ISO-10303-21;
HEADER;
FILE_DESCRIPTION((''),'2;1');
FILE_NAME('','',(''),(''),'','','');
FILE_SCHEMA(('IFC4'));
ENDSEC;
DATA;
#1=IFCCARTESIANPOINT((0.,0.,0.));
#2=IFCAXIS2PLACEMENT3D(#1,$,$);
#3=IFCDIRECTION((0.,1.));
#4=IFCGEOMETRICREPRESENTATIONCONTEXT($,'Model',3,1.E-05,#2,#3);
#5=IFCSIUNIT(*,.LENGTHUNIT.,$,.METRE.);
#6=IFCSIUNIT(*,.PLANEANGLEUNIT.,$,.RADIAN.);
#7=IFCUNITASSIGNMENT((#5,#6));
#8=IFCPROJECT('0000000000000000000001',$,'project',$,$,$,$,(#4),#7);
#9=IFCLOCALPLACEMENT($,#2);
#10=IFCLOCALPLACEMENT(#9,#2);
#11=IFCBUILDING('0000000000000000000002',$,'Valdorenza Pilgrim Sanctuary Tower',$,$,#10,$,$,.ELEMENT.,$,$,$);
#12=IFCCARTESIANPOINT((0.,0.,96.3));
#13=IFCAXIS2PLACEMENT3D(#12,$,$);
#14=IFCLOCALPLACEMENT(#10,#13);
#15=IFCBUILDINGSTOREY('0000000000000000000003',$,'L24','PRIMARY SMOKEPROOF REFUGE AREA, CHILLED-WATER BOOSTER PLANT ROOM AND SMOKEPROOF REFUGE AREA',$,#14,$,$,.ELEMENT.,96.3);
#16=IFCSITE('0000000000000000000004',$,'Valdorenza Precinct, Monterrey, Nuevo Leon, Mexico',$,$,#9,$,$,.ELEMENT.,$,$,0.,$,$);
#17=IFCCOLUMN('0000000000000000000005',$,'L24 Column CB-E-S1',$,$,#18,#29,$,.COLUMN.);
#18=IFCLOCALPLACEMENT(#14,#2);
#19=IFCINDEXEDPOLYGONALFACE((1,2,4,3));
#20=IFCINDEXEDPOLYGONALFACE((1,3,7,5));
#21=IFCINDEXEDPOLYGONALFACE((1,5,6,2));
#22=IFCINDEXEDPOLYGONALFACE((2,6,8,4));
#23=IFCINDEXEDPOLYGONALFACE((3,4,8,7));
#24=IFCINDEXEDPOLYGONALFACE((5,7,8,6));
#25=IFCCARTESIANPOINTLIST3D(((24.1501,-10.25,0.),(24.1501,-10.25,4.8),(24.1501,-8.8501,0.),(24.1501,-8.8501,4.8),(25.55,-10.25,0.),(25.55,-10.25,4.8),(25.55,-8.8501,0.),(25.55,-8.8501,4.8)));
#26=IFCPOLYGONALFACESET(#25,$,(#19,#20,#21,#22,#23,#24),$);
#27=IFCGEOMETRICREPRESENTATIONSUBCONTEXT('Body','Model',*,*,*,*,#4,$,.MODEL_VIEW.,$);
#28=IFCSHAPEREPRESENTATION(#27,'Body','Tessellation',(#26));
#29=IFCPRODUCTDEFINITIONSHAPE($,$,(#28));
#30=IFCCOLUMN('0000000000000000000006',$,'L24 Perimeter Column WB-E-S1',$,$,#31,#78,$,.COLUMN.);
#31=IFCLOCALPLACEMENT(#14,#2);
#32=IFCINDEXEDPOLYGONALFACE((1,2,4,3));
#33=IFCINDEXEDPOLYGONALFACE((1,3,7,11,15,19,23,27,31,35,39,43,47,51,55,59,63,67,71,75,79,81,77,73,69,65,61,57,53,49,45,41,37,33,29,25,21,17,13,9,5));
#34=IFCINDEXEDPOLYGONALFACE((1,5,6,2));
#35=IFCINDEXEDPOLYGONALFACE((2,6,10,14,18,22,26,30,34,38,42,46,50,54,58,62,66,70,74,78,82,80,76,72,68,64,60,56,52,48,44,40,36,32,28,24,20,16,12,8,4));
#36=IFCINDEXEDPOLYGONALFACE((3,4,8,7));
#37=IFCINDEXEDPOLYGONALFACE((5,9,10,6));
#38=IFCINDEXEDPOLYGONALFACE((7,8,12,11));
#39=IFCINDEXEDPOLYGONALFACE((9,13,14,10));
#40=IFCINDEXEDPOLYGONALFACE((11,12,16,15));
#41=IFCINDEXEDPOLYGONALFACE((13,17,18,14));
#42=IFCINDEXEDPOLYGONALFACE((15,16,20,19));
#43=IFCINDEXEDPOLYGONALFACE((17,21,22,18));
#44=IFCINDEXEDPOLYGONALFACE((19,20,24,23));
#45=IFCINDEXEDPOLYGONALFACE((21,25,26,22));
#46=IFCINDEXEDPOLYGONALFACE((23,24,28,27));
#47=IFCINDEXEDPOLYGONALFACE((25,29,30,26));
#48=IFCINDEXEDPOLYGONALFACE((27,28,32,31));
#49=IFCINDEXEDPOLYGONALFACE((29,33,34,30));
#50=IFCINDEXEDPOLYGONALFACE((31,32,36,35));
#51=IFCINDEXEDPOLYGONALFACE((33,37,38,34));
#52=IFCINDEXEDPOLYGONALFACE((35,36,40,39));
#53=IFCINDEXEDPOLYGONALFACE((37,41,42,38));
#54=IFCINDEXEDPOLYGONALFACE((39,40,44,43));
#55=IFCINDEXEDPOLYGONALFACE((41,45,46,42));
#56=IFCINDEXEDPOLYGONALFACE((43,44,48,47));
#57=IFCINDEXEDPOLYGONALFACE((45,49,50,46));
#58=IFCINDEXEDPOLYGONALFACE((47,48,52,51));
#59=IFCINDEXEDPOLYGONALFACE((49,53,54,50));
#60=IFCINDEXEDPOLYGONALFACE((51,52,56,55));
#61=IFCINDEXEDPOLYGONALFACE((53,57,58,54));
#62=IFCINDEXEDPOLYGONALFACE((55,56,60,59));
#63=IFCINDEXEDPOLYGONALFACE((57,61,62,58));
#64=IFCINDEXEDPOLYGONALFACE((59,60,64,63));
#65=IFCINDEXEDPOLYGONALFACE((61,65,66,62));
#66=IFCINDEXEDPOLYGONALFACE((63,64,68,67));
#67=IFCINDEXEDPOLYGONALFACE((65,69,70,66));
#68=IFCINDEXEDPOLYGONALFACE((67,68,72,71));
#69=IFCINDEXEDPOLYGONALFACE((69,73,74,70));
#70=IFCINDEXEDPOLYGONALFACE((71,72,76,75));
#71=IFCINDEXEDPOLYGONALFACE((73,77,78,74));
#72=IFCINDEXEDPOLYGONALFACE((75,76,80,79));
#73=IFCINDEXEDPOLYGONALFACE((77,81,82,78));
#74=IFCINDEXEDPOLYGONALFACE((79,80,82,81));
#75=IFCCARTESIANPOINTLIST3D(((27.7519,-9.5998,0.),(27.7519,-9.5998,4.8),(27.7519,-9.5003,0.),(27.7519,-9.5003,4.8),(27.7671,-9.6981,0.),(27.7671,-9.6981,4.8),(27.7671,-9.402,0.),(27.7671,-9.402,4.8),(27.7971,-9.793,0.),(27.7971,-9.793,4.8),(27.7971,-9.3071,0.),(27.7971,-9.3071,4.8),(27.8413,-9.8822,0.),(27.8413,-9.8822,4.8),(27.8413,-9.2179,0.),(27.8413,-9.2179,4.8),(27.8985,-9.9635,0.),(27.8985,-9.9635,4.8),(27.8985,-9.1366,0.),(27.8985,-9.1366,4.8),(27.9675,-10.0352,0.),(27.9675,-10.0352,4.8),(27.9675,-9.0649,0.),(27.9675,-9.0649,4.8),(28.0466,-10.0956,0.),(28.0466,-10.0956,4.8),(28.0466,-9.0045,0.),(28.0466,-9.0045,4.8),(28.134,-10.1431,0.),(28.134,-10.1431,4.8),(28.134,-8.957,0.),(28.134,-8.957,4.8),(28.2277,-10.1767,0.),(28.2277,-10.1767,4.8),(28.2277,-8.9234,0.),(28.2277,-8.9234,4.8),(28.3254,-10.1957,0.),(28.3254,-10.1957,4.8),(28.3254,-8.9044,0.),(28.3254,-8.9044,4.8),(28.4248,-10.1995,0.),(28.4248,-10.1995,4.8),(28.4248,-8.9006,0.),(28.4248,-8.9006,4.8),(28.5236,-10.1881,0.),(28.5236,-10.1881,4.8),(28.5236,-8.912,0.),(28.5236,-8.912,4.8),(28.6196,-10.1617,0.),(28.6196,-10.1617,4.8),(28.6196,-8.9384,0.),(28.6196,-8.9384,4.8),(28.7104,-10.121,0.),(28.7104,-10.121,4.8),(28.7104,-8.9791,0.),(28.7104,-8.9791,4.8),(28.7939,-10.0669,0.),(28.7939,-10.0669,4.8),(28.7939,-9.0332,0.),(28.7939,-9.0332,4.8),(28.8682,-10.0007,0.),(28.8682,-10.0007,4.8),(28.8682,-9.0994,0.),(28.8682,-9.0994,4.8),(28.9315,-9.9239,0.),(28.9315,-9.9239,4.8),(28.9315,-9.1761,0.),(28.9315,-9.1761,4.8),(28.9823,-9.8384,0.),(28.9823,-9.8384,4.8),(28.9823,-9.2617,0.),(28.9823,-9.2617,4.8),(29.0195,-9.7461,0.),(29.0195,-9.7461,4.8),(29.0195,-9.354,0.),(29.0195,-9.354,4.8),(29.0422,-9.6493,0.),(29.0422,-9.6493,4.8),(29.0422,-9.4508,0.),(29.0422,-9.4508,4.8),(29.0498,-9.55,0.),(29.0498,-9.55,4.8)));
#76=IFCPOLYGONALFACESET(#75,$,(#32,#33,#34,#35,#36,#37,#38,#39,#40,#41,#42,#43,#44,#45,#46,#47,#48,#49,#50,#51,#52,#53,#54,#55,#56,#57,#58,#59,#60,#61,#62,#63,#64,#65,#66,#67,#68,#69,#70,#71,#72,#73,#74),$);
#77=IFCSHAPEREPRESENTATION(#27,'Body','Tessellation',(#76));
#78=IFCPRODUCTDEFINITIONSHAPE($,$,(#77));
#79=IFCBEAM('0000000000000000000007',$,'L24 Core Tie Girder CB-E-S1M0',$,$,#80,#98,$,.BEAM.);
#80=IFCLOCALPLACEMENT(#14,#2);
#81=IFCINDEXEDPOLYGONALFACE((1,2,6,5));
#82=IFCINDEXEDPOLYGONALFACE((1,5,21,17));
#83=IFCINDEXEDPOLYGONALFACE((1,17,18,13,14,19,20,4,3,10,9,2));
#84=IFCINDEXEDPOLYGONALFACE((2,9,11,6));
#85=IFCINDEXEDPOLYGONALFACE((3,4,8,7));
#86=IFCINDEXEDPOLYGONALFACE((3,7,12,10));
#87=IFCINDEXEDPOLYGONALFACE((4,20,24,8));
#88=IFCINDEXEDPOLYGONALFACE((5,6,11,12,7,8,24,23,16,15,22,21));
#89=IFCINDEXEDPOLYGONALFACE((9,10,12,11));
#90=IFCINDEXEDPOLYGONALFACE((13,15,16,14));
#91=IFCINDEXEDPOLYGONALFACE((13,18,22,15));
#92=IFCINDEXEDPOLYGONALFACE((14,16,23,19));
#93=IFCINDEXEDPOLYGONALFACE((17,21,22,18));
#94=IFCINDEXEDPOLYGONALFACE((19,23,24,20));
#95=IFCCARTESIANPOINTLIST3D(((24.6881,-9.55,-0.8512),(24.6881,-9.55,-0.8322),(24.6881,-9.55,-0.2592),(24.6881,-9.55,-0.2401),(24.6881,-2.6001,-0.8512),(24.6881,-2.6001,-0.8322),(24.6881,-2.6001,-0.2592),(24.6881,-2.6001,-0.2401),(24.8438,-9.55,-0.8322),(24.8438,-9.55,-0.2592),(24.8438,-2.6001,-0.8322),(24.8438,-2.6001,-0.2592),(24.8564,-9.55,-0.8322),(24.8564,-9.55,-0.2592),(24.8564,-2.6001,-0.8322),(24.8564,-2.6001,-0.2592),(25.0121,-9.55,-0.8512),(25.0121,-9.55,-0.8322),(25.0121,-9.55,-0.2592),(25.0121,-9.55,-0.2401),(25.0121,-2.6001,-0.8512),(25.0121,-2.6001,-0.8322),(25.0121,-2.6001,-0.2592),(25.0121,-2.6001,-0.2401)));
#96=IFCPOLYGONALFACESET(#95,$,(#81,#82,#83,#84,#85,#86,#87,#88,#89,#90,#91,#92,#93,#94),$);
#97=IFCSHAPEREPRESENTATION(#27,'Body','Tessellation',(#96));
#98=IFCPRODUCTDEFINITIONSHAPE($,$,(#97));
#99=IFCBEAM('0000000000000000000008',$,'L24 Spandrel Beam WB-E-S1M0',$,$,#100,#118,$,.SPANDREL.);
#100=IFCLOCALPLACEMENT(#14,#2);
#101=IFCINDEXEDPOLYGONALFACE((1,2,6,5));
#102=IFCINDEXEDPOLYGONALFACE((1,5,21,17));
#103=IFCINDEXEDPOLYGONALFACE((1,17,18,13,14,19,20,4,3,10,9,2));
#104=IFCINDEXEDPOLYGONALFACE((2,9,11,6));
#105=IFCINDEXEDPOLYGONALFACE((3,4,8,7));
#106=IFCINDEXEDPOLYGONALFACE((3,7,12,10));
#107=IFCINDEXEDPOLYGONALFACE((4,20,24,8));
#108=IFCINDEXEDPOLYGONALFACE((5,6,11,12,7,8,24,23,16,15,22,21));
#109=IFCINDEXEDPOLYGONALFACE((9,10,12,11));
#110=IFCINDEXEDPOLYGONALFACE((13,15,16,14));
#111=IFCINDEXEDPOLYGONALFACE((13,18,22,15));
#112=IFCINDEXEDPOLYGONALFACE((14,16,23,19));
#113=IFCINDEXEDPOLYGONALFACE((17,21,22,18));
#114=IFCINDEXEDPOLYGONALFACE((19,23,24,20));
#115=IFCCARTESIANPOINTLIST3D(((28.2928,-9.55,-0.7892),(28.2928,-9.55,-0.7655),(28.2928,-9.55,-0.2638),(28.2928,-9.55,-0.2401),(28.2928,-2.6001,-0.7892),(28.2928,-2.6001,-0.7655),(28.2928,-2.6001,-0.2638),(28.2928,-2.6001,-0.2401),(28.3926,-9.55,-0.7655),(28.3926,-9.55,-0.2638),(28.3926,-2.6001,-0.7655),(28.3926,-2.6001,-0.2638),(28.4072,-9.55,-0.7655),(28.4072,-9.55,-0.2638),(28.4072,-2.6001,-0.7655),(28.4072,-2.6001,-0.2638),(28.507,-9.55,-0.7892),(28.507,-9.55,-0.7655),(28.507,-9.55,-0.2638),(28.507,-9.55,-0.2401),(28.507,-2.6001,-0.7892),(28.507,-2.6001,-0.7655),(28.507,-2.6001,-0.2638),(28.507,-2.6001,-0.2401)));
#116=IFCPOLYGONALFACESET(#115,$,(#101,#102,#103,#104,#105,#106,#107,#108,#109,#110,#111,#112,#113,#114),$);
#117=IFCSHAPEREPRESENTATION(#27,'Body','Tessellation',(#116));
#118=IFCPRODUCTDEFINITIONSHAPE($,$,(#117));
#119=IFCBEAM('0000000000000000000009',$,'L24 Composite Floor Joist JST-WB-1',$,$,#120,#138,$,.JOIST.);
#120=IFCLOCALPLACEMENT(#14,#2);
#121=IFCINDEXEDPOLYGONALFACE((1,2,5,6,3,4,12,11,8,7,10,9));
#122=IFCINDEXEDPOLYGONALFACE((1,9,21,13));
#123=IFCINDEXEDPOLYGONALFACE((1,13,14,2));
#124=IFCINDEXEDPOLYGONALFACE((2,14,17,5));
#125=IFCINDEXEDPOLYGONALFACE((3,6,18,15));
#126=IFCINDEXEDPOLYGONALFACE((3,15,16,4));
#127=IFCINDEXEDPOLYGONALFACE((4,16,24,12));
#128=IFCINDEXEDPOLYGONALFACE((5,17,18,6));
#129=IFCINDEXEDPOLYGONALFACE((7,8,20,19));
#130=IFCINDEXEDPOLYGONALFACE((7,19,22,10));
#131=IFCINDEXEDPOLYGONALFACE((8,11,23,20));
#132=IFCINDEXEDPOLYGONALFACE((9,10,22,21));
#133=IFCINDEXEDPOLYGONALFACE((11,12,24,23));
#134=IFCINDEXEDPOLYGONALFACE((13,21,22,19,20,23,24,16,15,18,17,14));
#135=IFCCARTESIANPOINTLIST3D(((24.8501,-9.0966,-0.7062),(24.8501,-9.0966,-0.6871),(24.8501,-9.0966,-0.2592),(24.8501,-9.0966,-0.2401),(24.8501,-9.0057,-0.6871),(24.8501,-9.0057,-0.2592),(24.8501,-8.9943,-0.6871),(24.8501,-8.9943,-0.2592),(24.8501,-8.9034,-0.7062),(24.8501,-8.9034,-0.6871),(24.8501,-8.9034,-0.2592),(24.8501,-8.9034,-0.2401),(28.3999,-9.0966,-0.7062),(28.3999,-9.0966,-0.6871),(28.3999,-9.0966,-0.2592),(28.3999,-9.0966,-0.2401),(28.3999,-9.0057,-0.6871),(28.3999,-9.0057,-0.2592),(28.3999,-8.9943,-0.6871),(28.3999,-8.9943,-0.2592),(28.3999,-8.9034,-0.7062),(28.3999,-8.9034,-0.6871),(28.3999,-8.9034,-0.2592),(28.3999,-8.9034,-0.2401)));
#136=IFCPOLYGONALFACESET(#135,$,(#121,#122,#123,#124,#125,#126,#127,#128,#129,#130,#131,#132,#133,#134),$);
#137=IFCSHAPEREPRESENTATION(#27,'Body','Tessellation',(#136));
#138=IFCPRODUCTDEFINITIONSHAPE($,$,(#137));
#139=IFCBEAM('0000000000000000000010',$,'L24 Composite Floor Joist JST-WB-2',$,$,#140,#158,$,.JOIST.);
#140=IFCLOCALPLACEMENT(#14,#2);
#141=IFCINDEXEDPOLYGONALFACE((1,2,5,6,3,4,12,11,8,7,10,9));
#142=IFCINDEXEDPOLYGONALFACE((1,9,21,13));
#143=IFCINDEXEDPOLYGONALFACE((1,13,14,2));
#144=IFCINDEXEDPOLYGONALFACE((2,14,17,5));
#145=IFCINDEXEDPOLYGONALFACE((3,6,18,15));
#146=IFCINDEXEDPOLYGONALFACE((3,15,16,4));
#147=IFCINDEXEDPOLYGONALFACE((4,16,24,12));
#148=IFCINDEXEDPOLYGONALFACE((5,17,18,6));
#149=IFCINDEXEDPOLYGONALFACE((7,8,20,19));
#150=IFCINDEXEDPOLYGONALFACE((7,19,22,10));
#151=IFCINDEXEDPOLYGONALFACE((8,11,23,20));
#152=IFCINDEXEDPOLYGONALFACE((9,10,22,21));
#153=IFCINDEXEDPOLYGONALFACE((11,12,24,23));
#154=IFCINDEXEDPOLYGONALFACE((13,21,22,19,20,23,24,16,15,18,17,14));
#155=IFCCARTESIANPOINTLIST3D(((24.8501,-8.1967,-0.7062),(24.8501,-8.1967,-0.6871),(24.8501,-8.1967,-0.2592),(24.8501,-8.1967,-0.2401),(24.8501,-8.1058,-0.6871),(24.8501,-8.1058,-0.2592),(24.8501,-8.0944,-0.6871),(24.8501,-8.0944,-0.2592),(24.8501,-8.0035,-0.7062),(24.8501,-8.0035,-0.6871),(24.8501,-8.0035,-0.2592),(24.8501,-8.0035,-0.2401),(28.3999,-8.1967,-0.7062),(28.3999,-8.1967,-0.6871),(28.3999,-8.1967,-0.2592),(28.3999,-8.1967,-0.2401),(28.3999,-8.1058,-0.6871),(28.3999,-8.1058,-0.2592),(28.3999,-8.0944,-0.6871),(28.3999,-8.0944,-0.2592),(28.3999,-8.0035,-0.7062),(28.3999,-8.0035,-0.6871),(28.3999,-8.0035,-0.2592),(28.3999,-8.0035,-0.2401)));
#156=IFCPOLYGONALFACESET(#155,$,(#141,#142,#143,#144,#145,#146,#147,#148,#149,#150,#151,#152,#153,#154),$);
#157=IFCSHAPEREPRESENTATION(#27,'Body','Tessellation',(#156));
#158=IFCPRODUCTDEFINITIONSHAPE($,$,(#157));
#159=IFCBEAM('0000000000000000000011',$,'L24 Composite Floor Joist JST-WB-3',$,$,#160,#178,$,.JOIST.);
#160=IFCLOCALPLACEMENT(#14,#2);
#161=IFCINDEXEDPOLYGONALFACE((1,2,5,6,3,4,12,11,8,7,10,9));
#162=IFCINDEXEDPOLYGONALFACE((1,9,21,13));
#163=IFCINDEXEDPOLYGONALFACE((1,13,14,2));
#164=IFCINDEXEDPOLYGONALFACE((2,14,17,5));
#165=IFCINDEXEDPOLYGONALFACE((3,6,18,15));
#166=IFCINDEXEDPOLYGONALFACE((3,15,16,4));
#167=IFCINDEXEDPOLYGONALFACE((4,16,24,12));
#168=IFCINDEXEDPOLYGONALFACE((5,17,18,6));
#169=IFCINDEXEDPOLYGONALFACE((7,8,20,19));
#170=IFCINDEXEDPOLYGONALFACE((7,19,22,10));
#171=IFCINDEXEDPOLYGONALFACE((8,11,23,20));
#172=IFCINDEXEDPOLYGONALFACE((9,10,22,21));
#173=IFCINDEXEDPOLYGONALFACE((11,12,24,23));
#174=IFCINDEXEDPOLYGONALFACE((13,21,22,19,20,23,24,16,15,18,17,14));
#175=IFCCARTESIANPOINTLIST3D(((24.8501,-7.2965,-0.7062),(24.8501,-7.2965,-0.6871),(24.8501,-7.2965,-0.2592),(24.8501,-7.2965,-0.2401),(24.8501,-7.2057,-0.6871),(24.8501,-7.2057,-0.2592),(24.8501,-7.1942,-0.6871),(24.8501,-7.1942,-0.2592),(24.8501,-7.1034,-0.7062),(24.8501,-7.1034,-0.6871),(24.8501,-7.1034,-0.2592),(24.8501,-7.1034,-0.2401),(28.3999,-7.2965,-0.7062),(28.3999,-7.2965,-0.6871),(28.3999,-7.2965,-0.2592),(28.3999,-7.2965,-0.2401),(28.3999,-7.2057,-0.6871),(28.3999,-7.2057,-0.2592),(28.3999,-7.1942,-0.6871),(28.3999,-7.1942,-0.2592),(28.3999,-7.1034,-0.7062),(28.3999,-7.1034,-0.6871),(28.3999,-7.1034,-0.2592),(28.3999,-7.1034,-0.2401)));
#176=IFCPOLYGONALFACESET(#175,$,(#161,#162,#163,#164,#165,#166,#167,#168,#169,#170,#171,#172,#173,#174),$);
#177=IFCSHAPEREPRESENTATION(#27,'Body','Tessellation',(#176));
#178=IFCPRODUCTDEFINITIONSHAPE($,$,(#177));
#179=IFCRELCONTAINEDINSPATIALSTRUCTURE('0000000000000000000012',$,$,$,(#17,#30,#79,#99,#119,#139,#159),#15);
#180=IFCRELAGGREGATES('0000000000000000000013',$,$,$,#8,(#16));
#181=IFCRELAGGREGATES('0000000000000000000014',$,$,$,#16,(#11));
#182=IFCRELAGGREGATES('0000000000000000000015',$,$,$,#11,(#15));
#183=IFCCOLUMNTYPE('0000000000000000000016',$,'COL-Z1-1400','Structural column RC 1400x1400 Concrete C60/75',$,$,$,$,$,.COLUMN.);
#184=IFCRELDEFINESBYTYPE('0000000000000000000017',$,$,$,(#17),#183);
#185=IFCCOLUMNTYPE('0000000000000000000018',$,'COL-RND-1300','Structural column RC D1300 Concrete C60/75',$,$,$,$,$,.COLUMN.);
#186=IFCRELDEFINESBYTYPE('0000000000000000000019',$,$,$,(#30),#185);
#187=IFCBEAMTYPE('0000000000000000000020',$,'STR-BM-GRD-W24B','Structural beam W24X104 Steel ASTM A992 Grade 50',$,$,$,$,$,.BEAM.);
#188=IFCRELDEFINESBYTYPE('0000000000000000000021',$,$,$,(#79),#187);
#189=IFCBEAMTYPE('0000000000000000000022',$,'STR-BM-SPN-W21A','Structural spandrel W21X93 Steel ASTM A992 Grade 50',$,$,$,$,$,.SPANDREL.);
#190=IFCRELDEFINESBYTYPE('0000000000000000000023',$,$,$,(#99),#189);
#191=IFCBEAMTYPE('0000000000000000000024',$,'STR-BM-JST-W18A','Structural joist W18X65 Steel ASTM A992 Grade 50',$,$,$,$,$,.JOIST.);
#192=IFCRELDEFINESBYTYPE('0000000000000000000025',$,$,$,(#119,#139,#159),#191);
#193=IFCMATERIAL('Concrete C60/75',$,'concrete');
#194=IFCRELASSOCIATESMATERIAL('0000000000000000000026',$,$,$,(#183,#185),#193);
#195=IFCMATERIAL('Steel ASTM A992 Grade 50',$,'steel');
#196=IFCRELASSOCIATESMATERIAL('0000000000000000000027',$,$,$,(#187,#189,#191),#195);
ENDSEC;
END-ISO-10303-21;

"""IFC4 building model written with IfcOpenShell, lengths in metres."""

from ifc_helpers import new_model, si_unit, direction, frame, origin, origin_2d, place, context, subcontext, project, spatial, rectangle, circle, i_section, extrude, source, transform, mapped, material, material_profile, profile_set, type_object, element, save


model = new_model("IFC4")

# Units and contexts
model_context = context("Model", 3, precision=1e-05, world=origin(), true_north=direction((0.0, 1.0)))
body_context = subcontext(model_context, "Body", "Model", "MODEL_VIEW")
ifc_project = project(units=[si_unit("LENGTHUNIT", "METRE"), si_unit("PLANEANGLEUNIT", "RADIAN")], contexts=[model_context])

# Site, building, storey
site_placement = place(None, origin())
site = spatial("IfcSite", under=ifc_project, at=site_placement, Name="Valdorenza Precinct, Monterrey, Nuevo Leon, Mexico", CompositionType="ELEMENT", RefElevation=0.0)
building_placement = place(site_placement, origin())
building = spatial("IfcBuilding", under=site, at=building_placement, Name="Valdorenza Pilgrim Sanctuary Tower", CompositionType="ELEMENT")
storey_placement = place(building_placement, frame((0.0, 0.0, 96.3)))
storey = spatial("IfcBuildingStorey", under=building, at=storey_placement, Name="L24", Description="PRIMARY SMOKEPROOF REFUGE AREA, CHILLED-WATER BOOSTER PLANT ROOM AND SMOKEPROOF REFUGE AREA", CompositionType="ELEMENT", Elevation=96.3)

# Columns
ifc_material_1 = material(Name="Concrete C60/75", Category="concrete")
ifc_material_profile_1 = material_profile(ifc_material_1, rectangle(XDim=1.3999, YDim=1.3999, at=origin_2d()), Name="RC 1400x1400")
ifc_profile_set_1 = profile_set([ifc_material_profile_1], Name="Concrete C60/75")
column_type_1 = type_object("IfcColumnType", Name="COL-Z1-1400", Description="Structural column RC 1400x1400 Concrete C60/75", PredefinedType="COLUMN", material=ifc_profile_set_1)
shared_shape_1 = source(origin(), body_context, "Body", "SweptSolid", [
    extrude(rectangle(XDim=1.3999, YDim=1.3999, at=origin_2d()), origin(), (0.0, 0.0, 1.0), 4.8),
])
column_1_placement = place(storey_placement, frame((24.8501, -9.55, 0.0), z_axis=(0.0, 0.0, 1.0), x_axis=(1.0, 0.0, 0.0)))
element("IfcColumn", 1, at=column_1_placement, inside=storey, type_object=column_type_1, Name="L24 Column CB-E-S1", PredefinedType="COLUMN", context=body_context, shape_type="MappedRepresentation", body=[
    mapped(shared_shape_1, transform((0.0, 0.0, 0.0), x_axis=(1.0, 0.0, 0.0), y_axis=(0.0, 1.0, 0.0), z_axis=(0.0, 0.0, 1.0), scale=1.0)),
])
ifc_material_profile_2 = material_profile(ifc_material_1, circle(Radius=0.6499, at=origin_2d()), Name="RC D1300")
ifc_profile_set_2 = profile_set([ifc_material_profile_2], Name="Concrete C60/75")
column_type_2 = type_object("IfcColumnType", Name="COL-RND-1300", Description="Structural column RC D1300 Concrete C60/75", PredefinedType="COLUMN", material=ifc_profile_set_2)
shared_shape_2 = source(origin(), body_context, "Body", "SweptSolid", [
    extrude(circle(Radius=0.6499, at=origin_2d()), origin(), (0.0, 0.0, 1.0), 4.8),
])
column_2_placement = place(storey_placement, frame((28.3999, -9.55, 0.0), z_axis=(0.0, 0.0, 1.0), x_axis=(1.0, 0.0, 0.0)))
element("IfcColumn", 2, at=column_2_placement, inside=storey, type_object=column_type_2, Name="L24 Perimeter Column WB-E-S1", PredefinedType="COLUMN", context=body_context, shape_type="MappedRepresentation", body=[
    mapped(shared_shape_2, transform((0.0, 0.0, 0.0), x_axis=(1.0, 0.0, 0.0), y_axis=(0.0, 1.0, 0.0), z_axis=(0.0, 0.0, 1.0), scale=1.0)),
])

# Beams
ifc_material_2 = material(Name="Steel ASTM A992 Grade 50", Category="steel")
ifc_material_profile_3 = material_profile(ifc_material_2, i_section(OverallWidth=0.324, OverallDepth=0.6111, WebThickness=0.0127, FlangeThickness=0.019, at=origin_2d()), Name="W24X104")
ifc_profile_set_3 = profile_set([ifc_material_profile_3], Name="Steel ASTM A992 Grade 50")
beam_type_1 = type_object("IfcBeamType", Name="STR-BM-GRD-W24B", Description="Structural beam W24X104 Steel ASTM A992 Grade 50", PredefinedType="BEAM", material=ifc_profile_set_3)
shared_shape_3 = source(origin(), body_context, "Body", "SweptSolid", [
    extrude(i_section(OverallWidth=0.324, OverallDepth=0.6111, WebThickness=0.0127, FlangeThickness=0.019, at=origin_2d()), origin(), (0.0, 0.0, 1.0), 6.95),
])
beam_1_placement = place(storey_placement, frame((24.8501, -9.55, -0.5457), z_axis=(0.0, 1.0, 0.0), x_axis=(-1.0, 0.0, 0.0)))
element("IfcBeam", 3, at=beam_1_placement, inside=storey, type_object=beam_type_1, Name="L24 Core Tie Girder CB-E-S1M0", PredefinedType="BEAM", context=body_context, shape_type="MappedRepresentation", body=[
    mapped(shared_shape_3, transform((0.0, 0.0, 0.0), x_axis=(1.0, 0.0, 0.0), y_axis=(0.0, 1.0, 0.0), z_axis=(0.0, 0.0, 1.0), scale=1.0)),
])
ifc_material_profile_4 = material_profile(ifc_material_2, i_section(OverallWidth=0.2141, OverallDepth=0.5491, WebThickness=0.0146, FlangeThickness=0.0237, at=origin_2d()), Name="W21X93")
ifc_profile_set_4 = profile_set([ifc_material_profile_4], Name="Steel ASTM A992 Grade 50")
beam_type_2 = type_object("IfcBeamType", Name="STR-BM-SPN-W21A", Description="Structural spandrel W21X93 Steel ASTM A992 Grade 50", PredefinedType="SPANDREL", material=ifc_profile_set_4)
shared_shape_4 = source(origin(), body_context, "Body", "SweptSolid", [
    extrude(i_section(OverallWidth=0.2141, OverallDepth=0.5491, WebThickness=0.0146, FlangeThickness=0.0237, at=origin_2d()), origin(), (0.0, 0.0, 1.0), 6.95),
])
beam_2_placement = place(storey_placement, frame((28.3999, -9.55, -0.5146), z_axis=(0.0, 1.0, 0.0), x_axis=(-1.0, 0.0, 0.0)))
element("IfcBeam", 4, at=beam_2_placement, inside=storey, type_object=beam_type_2, Name="L24 Spandrel Beam WB-E-S1M0", PredefinedType="SPANDREL", context=body_context, shape_type="MappedRepresentation", body=[
    mapped(shared_shape_4, transform((0.0, 0.0, 0.0), x_axis=(1.0, 0.0, 0.0), y_axis=(0.0, 1.0, 0.0), z_axis=(0.0, 0.0, 1.0), scale=1.0)),
])
ifc_material_profile_5 = material_profile(ifc_material_2, i_section(OverallWidth=0.1931, OverallDepth=0.4661, WebThickness=0.0115, FlangeThickness=0.019, at=origin_2d()), Name="W18X65")
ifc_profile_set_5 = profile_set([ifc_material_profile_5], Name="Steel ASTM A992 Grade 50")
beam_type_3 = type_object("IfcBeamType", Name="STR-BM-JST-W18A", Description="Structural joist W18X65 Steel ASTM A992 Grade 50", PredefinedType="JOIST", material=ifc_profile_set_5)
shared_shape_5 = source(origin(), body_context, "Body", "SweptSolid", [
    extrude(i_section(OverallWidth=0.1931, OverallDepth=0.4661, WebThickness=0.0115, FlangeThickness=0.019, at=origin_2d()), origin(), (0.0, 0.0, 1.0), 3.5498),
])
for number, where, z_axis, x_axis, name in (
    (5, (24.8501, -9.0, -0.4731), (1.0, 0.0, 0.0), (0.0, 1.0, 0.0), "L24 Composite Floor Joist JST-WB-1"),
    (6, (24.8501, -8.1001, -0.4731), (1.0, 0.0, 0.0), (0.0, 1.0, 0.0), "L24 Composite Floor Joist JST-WB-2"),
    (7, (24.8501, -7.2, -0.4731), (1.0, 0.0, 0.0), (0.0, 1.0, 0.0), "L24 Composite Floor Joist JST-WB-3"),
):
    element("IfcBeam", number, at=place(storey_placement, frame(where, z_axis=z_axis, x_axis=x_axis)), inside=storey, type_object=beam_type_3, Name=name, PredefinedType="JOIST", context=body_context, shape_type="MappedRepresentation", body=[
        mapped(shared_shape_5, transform((0.0, 0.0, 0.0), x_axis=(1.0, 0.0, 0.0), y_axis=(0.0, 1.0, 0.0), z_axis=(0.0, 0.0, 1.0), scale=1.0)),
    ])

save(model, "model.ifc")
